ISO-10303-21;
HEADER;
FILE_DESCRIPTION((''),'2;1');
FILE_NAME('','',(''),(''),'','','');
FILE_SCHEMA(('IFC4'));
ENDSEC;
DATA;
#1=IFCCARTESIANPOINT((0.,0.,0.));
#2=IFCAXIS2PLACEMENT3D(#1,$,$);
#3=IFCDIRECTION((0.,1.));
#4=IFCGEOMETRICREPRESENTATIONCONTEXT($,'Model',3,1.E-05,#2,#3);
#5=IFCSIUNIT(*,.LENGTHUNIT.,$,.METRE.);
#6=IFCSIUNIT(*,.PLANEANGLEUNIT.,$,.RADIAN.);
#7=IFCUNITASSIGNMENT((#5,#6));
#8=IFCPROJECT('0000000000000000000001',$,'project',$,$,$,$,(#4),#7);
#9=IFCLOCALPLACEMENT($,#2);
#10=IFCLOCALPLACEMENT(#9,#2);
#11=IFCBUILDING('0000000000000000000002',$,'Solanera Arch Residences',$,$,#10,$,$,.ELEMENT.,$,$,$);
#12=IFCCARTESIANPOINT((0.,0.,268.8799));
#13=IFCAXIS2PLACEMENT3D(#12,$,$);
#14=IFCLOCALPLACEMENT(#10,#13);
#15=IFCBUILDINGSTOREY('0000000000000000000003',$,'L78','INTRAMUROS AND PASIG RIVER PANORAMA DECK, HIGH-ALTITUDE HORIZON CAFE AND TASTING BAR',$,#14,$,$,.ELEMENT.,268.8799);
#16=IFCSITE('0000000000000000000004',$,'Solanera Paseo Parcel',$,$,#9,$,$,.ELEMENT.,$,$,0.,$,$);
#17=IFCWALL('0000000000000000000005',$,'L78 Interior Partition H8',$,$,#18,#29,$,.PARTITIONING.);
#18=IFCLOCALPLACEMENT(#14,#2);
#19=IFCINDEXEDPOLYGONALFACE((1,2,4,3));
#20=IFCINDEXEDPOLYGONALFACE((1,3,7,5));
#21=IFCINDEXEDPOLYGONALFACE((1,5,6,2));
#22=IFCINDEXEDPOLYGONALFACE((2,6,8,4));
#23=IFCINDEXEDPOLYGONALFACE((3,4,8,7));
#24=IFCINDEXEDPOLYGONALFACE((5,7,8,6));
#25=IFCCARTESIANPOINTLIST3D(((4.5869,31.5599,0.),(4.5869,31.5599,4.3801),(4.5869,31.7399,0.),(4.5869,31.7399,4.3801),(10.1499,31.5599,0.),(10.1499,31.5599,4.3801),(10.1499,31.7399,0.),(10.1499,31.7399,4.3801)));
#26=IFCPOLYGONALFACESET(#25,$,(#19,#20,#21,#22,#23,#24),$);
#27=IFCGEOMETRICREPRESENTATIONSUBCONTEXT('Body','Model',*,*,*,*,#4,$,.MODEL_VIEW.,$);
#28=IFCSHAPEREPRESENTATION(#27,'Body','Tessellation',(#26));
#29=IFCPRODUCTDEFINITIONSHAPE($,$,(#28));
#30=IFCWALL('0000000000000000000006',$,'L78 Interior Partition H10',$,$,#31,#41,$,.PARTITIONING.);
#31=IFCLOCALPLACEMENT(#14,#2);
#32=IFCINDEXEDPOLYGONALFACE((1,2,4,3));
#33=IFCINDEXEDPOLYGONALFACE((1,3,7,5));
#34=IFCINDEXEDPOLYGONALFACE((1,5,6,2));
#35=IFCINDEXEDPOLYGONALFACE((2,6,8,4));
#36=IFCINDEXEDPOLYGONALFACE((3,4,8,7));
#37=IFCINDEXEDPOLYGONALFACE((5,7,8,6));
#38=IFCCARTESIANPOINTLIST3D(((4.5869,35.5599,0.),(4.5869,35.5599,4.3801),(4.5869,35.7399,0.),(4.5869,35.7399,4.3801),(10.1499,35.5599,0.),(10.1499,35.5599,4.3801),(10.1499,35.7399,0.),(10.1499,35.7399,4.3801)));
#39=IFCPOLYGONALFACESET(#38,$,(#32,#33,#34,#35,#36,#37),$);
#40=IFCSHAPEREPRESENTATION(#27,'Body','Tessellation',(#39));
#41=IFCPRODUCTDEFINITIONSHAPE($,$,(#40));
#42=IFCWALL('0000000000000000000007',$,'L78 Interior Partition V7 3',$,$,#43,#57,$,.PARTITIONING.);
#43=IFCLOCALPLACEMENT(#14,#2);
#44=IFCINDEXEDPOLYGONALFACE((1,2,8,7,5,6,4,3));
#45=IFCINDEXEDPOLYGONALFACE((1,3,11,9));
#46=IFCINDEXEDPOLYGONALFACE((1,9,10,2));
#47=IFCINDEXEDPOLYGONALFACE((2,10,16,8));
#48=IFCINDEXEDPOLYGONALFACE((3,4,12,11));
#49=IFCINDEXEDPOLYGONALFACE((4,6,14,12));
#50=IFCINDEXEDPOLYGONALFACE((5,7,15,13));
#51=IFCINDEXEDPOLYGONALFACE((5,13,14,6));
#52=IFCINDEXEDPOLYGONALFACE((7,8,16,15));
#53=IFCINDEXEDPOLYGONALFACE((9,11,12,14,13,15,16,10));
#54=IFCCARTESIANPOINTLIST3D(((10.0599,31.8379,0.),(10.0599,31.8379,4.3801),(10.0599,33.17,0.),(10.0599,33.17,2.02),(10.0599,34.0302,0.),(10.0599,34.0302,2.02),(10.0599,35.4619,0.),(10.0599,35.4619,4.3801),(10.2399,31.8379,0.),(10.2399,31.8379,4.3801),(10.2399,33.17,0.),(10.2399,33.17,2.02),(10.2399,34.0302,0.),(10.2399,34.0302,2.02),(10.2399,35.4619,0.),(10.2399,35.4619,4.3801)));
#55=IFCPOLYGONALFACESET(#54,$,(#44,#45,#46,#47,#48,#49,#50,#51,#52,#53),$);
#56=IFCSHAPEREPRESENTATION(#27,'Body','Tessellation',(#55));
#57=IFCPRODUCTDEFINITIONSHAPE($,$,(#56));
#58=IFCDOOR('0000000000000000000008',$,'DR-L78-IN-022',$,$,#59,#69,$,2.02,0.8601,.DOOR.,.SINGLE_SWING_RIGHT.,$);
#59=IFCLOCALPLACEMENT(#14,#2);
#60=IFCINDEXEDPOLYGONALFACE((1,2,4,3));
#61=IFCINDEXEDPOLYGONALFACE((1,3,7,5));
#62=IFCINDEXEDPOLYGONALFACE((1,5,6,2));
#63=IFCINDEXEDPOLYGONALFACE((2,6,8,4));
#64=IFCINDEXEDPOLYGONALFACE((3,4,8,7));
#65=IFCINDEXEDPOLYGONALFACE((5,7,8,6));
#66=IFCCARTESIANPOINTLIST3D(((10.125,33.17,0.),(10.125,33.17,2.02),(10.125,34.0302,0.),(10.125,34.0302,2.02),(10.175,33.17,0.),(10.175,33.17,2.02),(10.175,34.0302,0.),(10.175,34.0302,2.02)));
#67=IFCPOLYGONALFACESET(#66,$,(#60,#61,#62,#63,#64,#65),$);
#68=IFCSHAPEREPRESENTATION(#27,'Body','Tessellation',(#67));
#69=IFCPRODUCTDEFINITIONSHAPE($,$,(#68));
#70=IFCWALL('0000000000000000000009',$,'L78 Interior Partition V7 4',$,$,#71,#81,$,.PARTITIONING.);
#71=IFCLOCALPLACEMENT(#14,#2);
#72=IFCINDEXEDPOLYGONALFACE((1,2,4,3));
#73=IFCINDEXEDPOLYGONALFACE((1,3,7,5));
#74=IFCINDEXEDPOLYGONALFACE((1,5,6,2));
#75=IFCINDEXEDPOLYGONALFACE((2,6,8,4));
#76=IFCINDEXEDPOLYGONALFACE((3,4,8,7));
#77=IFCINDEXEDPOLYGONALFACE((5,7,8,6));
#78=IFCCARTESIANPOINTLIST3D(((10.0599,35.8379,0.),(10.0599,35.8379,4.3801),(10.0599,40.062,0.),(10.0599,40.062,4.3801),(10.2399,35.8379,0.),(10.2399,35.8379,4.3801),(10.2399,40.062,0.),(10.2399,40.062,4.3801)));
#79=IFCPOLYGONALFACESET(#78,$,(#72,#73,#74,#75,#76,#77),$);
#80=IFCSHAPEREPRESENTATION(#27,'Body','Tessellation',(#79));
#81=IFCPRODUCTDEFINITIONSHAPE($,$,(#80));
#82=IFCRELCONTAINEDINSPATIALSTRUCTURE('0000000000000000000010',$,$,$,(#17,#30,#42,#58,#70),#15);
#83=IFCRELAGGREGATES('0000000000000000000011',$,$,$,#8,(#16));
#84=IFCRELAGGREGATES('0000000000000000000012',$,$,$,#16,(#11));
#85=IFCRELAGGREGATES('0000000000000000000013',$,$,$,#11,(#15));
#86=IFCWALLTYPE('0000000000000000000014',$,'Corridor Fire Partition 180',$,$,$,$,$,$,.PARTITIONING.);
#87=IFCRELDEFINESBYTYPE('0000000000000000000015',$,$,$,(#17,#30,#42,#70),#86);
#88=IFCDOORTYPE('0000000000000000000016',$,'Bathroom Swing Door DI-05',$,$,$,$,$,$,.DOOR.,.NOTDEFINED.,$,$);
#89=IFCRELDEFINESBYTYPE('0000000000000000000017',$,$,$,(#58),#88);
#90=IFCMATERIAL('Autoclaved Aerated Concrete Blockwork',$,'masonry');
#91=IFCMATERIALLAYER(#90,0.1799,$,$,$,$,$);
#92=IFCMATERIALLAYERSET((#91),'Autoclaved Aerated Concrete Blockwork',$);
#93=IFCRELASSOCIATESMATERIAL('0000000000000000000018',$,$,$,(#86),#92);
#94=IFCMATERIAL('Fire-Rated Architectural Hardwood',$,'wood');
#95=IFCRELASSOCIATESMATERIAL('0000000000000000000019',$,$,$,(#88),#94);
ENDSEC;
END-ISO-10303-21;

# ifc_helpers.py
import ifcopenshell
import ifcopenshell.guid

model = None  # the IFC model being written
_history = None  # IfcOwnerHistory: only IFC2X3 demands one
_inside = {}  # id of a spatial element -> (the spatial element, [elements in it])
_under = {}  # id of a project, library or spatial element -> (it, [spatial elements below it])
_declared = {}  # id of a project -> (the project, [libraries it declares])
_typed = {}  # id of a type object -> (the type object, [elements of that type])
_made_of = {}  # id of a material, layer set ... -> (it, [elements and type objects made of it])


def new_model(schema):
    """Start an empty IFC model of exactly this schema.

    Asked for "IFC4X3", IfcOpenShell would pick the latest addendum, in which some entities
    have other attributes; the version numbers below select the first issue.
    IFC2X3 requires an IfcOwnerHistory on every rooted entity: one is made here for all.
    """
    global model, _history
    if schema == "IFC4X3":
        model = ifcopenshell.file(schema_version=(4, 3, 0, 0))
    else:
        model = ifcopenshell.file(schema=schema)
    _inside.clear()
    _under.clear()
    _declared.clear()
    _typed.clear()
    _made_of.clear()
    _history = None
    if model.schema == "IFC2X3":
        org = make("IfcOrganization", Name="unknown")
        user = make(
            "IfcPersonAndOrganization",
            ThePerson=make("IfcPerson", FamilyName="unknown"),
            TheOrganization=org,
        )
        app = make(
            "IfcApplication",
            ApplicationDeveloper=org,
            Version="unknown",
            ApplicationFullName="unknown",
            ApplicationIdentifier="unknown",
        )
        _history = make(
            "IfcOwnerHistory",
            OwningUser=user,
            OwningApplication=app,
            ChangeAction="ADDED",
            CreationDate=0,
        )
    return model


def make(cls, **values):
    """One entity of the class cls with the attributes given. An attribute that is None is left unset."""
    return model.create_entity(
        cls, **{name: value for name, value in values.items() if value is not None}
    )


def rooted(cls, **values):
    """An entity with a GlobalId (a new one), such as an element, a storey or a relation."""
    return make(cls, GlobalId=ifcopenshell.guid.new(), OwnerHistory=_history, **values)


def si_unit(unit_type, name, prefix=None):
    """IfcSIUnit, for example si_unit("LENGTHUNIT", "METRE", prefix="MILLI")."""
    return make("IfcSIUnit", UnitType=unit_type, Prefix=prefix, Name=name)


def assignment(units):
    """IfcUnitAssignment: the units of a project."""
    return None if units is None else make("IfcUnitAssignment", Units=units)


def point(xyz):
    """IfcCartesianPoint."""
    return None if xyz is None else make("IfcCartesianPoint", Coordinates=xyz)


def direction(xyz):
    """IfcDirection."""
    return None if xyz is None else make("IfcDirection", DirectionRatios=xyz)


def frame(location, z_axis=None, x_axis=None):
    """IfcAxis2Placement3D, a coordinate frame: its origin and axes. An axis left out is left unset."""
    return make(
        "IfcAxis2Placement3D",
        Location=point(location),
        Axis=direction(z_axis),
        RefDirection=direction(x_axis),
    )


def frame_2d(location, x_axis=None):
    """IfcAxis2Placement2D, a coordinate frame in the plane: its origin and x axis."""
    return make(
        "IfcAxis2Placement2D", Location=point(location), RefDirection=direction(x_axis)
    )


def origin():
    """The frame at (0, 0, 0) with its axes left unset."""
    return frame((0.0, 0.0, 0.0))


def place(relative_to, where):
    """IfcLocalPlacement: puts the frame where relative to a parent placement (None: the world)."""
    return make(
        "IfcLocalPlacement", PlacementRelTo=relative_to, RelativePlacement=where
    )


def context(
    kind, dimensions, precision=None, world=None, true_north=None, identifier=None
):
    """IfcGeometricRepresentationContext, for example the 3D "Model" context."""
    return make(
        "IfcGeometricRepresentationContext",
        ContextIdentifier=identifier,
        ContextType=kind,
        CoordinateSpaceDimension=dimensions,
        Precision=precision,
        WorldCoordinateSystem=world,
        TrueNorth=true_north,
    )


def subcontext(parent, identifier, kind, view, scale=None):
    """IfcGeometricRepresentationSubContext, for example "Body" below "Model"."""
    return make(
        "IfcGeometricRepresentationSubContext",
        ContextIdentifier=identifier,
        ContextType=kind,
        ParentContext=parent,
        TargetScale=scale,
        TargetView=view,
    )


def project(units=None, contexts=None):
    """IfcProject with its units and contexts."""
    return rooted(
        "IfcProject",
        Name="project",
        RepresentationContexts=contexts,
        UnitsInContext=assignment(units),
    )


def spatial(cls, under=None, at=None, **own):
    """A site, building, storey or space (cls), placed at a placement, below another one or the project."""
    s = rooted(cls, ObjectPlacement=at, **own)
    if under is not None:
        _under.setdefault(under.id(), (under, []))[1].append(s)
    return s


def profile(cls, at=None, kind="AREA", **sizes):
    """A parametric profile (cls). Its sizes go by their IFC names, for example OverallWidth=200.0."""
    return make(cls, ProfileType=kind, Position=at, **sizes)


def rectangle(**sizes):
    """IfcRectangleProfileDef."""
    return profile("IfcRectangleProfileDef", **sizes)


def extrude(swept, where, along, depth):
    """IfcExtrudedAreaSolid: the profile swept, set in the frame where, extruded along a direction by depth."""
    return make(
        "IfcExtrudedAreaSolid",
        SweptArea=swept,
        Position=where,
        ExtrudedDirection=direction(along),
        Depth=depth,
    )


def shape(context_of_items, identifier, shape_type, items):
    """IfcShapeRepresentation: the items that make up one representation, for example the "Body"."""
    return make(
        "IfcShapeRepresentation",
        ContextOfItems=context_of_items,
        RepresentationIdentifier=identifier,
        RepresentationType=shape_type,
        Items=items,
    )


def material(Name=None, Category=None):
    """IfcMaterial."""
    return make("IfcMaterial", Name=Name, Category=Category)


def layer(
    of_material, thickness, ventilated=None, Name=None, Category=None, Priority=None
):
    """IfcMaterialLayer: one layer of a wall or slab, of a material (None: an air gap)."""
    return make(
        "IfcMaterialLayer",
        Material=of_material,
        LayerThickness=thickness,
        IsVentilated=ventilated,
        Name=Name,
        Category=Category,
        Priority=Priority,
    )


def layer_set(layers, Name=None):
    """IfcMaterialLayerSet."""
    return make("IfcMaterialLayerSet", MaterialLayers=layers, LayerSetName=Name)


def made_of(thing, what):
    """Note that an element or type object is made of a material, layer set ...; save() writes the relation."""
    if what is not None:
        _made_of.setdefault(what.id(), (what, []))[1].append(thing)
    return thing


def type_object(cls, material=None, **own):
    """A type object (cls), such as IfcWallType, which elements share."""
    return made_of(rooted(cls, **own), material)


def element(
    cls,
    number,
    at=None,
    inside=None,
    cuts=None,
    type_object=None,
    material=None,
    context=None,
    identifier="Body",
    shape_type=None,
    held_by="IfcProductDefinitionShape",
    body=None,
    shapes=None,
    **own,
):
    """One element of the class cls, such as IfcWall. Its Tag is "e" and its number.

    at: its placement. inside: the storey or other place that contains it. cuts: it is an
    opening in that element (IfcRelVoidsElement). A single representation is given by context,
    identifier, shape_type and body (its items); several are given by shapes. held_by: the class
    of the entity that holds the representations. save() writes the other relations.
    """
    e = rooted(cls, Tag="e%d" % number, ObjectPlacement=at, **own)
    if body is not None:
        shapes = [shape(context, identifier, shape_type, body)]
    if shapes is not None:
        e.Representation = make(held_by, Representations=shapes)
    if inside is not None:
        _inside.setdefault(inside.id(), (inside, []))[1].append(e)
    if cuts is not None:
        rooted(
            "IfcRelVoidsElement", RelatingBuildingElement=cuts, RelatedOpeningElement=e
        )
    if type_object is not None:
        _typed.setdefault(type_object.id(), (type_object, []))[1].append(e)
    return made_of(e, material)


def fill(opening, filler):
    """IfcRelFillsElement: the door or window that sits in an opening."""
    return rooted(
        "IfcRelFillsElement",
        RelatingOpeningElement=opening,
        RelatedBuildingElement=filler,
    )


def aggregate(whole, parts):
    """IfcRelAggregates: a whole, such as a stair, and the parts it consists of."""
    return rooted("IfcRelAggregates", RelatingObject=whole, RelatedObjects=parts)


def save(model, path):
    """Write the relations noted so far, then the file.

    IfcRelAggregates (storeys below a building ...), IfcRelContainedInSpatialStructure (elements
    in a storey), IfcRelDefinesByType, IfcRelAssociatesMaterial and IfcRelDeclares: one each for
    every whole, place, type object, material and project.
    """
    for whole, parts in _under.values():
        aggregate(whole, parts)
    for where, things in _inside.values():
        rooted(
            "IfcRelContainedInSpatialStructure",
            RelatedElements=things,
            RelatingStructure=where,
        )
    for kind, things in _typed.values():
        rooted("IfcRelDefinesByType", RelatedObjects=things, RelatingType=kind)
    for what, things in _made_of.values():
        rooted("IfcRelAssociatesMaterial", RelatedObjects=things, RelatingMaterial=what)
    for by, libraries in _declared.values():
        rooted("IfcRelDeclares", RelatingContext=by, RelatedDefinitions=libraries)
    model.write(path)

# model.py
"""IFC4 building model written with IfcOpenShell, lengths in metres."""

from ifc_helpers import new_model, si_unit, direction, frame, frame_2d, origin, place, context, subcontext, project, spatial, rectangle, extrude, material, layer, layer_set, type_object, element, fill, save


model = new_model("IFC4")

# Units and contexts
model_context = context("Model", 3, precision=1e-05, world=origin(), true_north=direction((0.0, 1.0)))
body_context = subcontext(model_context, "Body", "Model", "MODEL_VIEW")
ifc_project = project(units=[si_unit("LENGTHUNIT", "METRE"), si_unit("PLANEANGLEUNIT", "RADIAN")], contexts=[model_context])

# Site, building, storey
site_placement = place(None, origin())
site = spatial("IfcSite", under=ifc_project, at=site_placement, Name="Solanera Paseo Parcel", CompositionType="ELEMENT", RefElevation=0.0)
building_placement = place(site_placement, origin())
building = spatial("IfcBuilding", under=site, at=building_placement, Name="Solanera Arch Residences", CompositionType="ELEMENT")
storey_placement = place(building_placement, frame((0.0, 0.0, 268.8799)))
storey = spatial("IfcBuildingStorey", under=building, at=storey_placement, Name="L78", Description="INTRAMUROS AND PASIG RIVER PANORAMA DECK, HIGH-ALTITUDE HORIZON CAFE AND TASTING BAR", CompositionType="ELEMENT", Elevation=268.8799)

# Walls
ifc_material_1 = material(Name="Autoclaved Aerated Concrete Blockwork", Category="masonry")
ifc_layer_1 = layer(ifc_material_1, 0.1799)
ifc_layer_set_1 = layer_set([ifc_layer_1], Name="Autoclaved Aerated Concrete Blockwork")
wall_type_1 = type_object("IfcWallType", Name="Corridor Fire Partition 180", PredefinedType="PARTITIONING", material=ifc_layer_set_1)
for number, where, z_axis, x_axis, name in (
    (1, (4.5869, 31.6499, 0.0), (0.0, 0.0, 1.0), (1.0, 0.0, 0.0), "L78 Interior Partition H8"),
    (2, (4.5869, 35.6499, 0.0), (0.0, 0.0, 1.0), (1.0, 0.0, 0.0), "L78 Interior Partition H10"),
):
    element("IfcWall", number, at=place(storey_placement, frame(where, z_axis=z_axis, x_axis=x_axis)), inside=storey, type_object=wall_type_1, Name=name, PredefinedType="PARTITIONING", context=body_context, shape_type="SweptSolid", body=[
        extrude(rectangle(XDim=5.563, YDim=0.1799, at=frame_2d((2.7815, 0.0))), origin(), (0.0, 0.0, 1.0), 4.3801),
    ])

# Wall, opening, door
wall_1_placement = place(storey_placement, frame((10.1499, 31.8379, 0.0), z_axis=(0.0, 0.0, 1.0), x_axis=(0.0, 1.0, 0.0)))
wall_1 = element("IfcWall", 3, at=wall_1_placement, inside=storey, type_object=wall_type_1, Name="L78 Interior Partition V7 3", PredefinedType="PARTITIONING", context=body_context, shape_type="SweptSolid", body=[
    extrude(rectangle(XDim=3.624, YDim=0.1799, at=frame_2d((1.812, 0.0))), origin(), (0.0, 0.0, 1.0), 4.3801),
])
opening_placement = place(wall_1_placement, frame((1.332, 0.0, 0.0)))
opening = element("IfcOpeningElement", 4, at=opening_placement, cuts=wall_1, PredefinedType="OPENING", context=body_context, shape_type="SweptSolid", body=[
    extrude(rectangle(XDim=0.8601, YDim=2.02, at=frame_2d((0.4302, 1.01))), frame((0.0, 0.1001, 0.0), z_axis=(0.0, -1.0, 0.0), x_axis=(1.0, 0.0, 0.0)), (0.0, 0.0, 1.0), 0.1999),
])
ifc_material_2 = material(Name="Fire-Rated Architectural Hardwood", Category="wood")
door_type = type_object("IfcDoorType", Name="Bathroom Swing Door DI-05", OperationType="NOTDEFINED", PredefinedType="DOOR", material=ifc_material_2)
door_placement = place(opening_placement, origin())
door = element("IfcDoor", 5, at=door_placement, inside=storey, type_object=door_type, Name="DR-L78-IN-022", OperationType="SINGLE_SWING_RIGHT", OverallHeight=2.02, OverallWidth=0.8601, PredefinedType="DOOR", context=body_context, shape_type="SweptSolid", body=[
    extrude(rectangle(XDim=0.8601, YDim=2.02, at=frame_2d((0.4302, 1.01))), frame((0.0, 0.0249, 0.0), z_axis=(0.0, -1.0, 0.0), x_axis=(1.0, 0.0, 0.0)), (0.0, 0.0, 1.0), 0.05),
])
fill(opening, door)

# Wall
wall_2_placement = place(storey_placement, frame((10.1499, 35.8379, 0.0), z_axis=(0.0, 0.0, 1.0), x_axis=(0.0, 1.0, 0.0)))
element("IfcWall", 6, at=wall_2_placement, inside=storey, type_object=wall_type_1, Name="L78 Interior Partition V7 4", PredefinedType="PARTITIONING", context=body_context, shape_type="SweptSolid", body=[
    extrude(rectangle(XDim=4.2241, YDim=0.1799, at=frame_2d((2.1121, 0.0))), origin(), (0.0, 0.0, 1.0), 4.3801),
])

save(model, "model.ifc")
